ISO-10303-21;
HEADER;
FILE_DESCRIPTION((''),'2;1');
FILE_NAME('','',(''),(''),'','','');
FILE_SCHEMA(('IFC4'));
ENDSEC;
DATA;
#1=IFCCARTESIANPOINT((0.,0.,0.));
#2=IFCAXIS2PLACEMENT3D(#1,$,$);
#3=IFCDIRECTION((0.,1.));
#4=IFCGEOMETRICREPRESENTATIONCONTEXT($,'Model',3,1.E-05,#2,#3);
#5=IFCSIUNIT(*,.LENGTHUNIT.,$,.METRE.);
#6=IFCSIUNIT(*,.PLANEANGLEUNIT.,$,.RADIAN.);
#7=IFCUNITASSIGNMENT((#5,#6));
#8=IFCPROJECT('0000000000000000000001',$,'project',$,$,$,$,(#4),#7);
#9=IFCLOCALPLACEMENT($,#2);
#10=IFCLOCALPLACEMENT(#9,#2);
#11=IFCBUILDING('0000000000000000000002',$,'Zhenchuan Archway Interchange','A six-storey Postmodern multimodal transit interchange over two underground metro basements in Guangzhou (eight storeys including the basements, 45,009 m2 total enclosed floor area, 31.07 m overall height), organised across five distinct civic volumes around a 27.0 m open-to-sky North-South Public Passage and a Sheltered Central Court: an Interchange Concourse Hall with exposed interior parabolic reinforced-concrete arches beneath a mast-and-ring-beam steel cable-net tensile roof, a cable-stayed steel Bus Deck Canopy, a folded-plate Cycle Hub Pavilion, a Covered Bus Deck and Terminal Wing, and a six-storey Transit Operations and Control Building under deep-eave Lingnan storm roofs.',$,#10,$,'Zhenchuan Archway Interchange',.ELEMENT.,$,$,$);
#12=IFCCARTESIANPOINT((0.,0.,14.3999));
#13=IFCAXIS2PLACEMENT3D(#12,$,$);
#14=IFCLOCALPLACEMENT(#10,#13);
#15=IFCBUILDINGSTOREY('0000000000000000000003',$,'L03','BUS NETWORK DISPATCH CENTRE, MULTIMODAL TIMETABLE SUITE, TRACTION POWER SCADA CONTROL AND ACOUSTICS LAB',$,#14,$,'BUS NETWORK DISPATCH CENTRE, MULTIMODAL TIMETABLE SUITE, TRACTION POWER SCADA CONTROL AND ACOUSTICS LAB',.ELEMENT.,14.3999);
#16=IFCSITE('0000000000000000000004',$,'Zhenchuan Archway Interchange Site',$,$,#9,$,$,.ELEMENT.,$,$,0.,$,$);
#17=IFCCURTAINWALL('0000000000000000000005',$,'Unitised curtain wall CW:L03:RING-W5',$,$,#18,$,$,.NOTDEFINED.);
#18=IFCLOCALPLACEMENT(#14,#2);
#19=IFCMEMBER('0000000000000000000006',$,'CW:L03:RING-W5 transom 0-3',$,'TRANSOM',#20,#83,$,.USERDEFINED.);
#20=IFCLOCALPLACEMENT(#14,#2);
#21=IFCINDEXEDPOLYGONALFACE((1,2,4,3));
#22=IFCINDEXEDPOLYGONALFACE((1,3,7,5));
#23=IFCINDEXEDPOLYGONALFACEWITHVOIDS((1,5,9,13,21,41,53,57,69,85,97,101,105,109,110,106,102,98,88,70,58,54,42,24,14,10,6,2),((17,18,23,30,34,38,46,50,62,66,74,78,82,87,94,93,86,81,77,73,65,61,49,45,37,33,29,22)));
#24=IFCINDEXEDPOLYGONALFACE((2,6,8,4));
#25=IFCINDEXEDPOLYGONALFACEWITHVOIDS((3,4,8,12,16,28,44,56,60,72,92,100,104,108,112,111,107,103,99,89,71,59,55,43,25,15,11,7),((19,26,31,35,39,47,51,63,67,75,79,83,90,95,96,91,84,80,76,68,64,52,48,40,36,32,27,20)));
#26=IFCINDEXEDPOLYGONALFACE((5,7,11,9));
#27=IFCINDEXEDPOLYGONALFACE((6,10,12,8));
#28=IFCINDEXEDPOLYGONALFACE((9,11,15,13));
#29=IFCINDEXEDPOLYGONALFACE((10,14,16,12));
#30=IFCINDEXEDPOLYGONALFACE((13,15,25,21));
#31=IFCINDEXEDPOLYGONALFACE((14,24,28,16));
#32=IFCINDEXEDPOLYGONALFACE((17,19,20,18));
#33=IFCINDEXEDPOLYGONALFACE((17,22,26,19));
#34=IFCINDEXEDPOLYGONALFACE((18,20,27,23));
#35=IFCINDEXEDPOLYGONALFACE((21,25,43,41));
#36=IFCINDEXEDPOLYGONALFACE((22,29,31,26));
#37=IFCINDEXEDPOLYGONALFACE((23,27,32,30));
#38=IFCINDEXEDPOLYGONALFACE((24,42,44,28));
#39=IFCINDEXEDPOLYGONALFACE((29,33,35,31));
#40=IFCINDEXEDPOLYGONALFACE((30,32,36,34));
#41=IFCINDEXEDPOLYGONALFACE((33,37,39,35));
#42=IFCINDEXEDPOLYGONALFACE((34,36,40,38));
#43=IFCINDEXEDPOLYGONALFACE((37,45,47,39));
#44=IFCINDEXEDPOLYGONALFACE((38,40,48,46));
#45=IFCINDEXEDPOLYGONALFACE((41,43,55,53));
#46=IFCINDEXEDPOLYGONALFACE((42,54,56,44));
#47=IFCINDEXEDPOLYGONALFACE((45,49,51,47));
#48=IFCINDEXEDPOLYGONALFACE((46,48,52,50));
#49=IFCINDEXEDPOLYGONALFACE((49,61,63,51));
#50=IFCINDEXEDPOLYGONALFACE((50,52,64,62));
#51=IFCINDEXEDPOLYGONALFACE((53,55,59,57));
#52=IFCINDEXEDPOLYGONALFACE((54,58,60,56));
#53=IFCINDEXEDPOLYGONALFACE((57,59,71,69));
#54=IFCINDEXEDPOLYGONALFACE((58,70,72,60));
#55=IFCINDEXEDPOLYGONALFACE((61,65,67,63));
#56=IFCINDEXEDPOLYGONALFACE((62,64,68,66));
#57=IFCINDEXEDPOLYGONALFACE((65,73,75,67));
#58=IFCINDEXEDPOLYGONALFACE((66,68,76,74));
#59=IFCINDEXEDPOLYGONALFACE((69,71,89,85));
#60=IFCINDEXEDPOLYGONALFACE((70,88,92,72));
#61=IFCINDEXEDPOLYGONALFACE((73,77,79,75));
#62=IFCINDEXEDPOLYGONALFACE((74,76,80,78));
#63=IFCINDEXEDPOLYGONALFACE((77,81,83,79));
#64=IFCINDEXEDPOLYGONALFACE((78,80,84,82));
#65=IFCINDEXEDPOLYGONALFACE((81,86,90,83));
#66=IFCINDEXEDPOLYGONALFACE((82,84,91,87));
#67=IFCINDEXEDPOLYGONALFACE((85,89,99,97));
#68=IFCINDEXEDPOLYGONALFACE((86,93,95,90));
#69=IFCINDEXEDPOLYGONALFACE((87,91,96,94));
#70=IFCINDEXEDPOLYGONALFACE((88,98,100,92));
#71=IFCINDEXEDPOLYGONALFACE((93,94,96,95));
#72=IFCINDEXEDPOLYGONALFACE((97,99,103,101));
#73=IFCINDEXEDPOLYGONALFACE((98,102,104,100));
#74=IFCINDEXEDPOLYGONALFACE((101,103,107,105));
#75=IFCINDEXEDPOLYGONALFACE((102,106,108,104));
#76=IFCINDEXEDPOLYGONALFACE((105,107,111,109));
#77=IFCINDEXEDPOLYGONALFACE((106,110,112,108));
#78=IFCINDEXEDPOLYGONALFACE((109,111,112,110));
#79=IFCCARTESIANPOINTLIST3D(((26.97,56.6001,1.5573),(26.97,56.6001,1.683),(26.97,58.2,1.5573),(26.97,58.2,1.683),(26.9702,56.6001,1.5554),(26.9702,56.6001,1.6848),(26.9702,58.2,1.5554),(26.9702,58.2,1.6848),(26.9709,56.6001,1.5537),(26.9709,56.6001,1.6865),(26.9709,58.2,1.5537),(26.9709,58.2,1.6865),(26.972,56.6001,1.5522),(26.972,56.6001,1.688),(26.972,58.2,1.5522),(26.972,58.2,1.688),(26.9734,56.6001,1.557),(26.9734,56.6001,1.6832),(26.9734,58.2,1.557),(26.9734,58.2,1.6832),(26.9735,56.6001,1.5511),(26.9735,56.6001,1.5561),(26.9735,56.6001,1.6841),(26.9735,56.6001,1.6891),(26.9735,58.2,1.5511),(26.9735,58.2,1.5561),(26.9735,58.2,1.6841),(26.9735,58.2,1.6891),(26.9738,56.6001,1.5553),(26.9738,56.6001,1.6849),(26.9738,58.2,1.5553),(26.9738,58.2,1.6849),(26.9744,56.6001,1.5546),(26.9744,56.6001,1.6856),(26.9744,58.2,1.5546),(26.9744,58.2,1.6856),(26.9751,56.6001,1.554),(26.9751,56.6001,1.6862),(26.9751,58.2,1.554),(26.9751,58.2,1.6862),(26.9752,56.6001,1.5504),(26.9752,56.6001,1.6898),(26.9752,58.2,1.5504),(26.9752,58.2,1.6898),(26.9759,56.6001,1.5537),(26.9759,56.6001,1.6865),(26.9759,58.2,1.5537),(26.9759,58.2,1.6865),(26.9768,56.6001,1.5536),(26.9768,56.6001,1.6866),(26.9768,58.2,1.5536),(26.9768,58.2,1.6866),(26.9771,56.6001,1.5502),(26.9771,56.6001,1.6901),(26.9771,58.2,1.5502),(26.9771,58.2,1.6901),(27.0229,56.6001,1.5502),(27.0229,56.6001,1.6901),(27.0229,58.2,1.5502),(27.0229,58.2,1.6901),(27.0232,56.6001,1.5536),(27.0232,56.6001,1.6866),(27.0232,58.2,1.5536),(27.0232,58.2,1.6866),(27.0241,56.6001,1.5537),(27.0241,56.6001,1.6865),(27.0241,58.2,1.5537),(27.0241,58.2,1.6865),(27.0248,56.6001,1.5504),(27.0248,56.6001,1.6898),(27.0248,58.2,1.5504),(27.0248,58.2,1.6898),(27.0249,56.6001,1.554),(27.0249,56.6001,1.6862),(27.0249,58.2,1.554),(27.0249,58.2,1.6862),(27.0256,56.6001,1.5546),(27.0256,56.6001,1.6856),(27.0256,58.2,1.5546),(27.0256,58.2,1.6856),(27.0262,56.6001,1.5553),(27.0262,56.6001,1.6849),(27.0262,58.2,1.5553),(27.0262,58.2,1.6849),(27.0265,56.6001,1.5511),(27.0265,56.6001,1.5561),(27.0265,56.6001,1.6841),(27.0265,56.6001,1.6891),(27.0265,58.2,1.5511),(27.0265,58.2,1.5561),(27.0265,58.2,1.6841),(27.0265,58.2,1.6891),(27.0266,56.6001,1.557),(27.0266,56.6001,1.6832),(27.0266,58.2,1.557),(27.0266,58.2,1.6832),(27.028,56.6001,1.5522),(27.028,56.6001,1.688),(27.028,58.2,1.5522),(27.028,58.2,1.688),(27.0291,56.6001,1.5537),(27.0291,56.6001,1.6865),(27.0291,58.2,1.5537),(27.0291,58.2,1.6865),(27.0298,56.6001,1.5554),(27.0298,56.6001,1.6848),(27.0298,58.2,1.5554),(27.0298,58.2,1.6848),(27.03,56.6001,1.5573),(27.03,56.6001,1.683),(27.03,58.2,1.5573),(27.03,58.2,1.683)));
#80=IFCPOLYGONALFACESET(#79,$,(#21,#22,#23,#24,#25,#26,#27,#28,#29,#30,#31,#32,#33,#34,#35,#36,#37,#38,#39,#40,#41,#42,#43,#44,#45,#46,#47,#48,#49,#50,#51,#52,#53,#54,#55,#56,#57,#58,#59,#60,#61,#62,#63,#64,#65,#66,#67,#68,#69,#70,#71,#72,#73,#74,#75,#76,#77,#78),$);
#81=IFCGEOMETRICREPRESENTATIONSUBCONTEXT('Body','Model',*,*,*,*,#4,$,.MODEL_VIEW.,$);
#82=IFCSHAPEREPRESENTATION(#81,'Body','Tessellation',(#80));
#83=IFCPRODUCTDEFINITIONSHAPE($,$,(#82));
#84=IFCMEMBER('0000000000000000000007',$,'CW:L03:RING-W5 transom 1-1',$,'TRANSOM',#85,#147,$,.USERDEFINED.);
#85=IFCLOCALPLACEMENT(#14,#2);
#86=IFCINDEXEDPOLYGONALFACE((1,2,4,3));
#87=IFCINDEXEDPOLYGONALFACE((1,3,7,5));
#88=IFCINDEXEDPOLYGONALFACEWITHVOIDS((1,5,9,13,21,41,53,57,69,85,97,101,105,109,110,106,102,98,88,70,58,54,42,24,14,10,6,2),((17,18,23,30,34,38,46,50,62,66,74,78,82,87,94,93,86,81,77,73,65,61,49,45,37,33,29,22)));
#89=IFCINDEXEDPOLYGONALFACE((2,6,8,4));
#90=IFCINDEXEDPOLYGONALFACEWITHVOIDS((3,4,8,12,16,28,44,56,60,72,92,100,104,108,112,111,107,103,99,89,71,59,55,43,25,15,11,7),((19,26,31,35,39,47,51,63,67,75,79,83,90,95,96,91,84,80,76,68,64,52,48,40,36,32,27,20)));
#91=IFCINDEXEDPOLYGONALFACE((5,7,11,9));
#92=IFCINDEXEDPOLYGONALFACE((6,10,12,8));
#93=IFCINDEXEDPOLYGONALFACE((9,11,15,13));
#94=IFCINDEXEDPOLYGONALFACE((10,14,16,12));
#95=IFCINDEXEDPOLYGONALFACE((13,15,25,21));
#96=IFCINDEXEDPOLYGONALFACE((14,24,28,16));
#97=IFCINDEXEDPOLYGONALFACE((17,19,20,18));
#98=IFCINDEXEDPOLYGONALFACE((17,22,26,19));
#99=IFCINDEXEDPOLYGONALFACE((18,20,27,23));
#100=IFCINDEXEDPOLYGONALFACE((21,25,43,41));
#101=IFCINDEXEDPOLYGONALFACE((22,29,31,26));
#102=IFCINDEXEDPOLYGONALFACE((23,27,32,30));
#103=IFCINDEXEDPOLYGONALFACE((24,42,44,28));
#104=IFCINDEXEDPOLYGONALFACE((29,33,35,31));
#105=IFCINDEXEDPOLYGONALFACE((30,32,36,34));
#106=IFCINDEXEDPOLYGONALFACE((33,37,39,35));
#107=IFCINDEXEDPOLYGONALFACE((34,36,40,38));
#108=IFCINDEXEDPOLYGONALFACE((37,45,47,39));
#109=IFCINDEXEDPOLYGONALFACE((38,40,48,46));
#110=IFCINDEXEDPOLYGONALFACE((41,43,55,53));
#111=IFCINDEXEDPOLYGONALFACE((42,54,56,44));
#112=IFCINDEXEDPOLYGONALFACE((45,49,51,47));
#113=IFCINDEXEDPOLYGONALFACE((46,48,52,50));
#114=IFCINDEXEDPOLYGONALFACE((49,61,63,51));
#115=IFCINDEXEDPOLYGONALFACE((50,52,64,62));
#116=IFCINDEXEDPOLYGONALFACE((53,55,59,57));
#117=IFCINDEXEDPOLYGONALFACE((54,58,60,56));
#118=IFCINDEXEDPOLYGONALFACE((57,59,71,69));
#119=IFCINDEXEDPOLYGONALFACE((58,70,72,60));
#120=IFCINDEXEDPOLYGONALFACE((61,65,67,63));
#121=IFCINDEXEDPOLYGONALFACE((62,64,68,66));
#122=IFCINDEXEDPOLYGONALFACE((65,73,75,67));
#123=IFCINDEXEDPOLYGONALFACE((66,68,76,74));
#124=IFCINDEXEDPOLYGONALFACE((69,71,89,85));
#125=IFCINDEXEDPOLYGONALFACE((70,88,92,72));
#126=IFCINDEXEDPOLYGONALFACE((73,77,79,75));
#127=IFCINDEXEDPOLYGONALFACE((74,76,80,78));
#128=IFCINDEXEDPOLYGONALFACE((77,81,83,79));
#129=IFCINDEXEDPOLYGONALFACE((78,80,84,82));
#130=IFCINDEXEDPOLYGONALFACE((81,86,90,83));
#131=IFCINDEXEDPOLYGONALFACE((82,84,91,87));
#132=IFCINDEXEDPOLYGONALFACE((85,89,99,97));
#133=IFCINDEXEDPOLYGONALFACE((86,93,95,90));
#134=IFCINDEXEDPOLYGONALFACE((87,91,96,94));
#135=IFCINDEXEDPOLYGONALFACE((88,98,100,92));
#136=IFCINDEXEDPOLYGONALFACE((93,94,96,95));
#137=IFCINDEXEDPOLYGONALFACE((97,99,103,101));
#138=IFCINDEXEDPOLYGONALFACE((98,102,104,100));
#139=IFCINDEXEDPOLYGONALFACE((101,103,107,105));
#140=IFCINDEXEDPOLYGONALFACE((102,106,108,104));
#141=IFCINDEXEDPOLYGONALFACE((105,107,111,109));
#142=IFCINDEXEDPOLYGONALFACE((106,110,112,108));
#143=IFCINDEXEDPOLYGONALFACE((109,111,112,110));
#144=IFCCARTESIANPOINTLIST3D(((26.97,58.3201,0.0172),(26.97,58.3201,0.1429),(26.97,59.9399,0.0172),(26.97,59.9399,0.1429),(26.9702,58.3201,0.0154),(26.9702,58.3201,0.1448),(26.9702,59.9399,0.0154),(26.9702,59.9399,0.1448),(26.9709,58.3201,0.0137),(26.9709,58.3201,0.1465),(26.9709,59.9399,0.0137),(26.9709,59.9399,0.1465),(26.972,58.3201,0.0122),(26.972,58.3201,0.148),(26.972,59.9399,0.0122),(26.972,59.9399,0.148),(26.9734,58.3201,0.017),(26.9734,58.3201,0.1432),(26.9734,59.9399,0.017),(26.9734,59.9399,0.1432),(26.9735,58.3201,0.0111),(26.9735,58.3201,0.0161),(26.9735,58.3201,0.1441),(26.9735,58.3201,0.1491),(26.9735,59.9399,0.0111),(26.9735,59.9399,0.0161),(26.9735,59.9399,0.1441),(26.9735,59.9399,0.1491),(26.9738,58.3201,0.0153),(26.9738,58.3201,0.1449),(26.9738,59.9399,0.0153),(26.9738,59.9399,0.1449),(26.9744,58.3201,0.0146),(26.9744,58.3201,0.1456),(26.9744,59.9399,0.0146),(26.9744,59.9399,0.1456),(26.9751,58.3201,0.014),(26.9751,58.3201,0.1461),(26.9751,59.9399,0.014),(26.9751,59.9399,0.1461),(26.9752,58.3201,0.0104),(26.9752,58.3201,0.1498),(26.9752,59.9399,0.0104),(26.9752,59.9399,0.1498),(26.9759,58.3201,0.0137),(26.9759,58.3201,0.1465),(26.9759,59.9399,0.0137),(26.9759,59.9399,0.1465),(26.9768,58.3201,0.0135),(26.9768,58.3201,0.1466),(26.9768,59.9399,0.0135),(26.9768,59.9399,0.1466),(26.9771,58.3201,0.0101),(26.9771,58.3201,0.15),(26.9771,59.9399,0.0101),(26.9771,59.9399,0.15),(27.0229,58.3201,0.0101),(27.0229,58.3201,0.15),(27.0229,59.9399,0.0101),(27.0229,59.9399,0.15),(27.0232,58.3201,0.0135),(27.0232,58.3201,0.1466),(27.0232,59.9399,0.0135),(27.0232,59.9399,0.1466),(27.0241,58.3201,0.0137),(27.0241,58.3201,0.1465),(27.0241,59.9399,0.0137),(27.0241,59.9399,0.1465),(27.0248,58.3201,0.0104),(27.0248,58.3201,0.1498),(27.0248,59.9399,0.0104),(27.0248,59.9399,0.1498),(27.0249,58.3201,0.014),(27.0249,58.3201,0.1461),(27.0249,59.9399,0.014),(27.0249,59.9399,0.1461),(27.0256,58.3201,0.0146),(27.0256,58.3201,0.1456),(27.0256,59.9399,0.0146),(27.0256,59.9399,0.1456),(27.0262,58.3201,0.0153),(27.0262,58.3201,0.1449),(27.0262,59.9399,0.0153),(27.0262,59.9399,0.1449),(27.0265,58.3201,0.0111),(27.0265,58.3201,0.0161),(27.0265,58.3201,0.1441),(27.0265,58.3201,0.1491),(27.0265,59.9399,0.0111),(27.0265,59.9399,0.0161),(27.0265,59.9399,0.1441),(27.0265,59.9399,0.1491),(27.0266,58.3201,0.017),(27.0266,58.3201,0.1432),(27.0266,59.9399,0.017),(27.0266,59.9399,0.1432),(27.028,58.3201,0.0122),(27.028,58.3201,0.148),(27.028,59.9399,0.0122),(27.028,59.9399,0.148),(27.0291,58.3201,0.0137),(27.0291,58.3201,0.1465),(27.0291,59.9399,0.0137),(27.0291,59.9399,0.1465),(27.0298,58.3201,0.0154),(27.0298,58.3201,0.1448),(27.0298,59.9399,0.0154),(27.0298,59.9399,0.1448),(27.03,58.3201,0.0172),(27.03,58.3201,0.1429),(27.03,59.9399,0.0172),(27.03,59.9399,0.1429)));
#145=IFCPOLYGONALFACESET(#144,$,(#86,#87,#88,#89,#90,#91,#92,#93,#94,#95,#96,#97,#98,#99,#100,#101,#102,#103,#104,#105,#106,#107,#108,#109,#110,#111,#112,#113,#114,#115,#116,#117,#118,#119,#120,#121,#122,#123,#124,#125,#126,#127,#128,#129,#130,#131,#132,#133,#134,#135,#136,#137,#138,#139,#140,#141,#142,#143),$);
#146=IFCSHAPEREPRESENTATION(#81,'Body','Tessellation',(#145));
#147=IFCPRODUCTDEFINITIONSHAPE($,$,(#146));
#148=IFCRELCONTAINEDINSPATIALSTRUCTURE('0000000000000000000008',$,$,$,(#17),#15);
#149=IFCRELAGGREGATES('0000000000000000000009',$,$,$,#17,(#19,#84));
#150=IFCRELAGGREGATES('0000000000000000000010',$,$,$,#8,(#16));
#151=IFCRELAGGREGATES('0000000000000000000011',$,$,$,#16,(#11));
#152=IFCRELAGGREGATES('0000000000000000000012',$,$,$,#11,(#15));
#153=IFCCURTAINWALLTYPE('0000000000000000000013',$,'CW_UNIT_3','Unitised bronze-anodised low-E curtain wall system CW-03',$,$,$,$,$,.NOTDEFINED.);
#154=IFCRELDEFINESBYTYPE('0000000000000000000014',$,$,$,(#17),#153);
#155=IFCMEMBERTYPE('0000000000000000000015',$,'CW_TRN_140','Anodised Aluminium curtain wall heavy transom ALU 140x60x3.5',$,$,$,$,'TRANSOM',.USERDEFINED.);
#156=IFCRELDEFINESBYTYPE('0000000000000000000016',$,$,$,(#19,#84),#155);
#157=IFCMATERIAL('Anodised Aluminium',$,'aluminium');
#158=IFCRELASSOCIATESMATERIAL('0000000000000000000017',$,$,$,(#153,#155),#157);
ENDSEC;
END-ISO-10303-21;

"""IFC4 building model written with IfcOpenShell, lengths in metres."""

from ifc_helpers import new_model, si_unit, direction, frame, origin, origin_2d, place, context, subcontext, project, spatial, hollow_rectangle, extrude, material, material_profile, profile_set, type_object, element, aggregate, save


model = new_model("IFC4")

# Units and contexts
model_context = context("Model", 3, precision=1e-05, world=origin(), true_north=direction((0.0, 1.0)))
body_context = subcontext(model_context, "Body", "Model", "MODEL_VIEW")
ifc_project = project(units=[si_unit("LENGTHUNIT", "METRE"), si_unit("PLANEANGLEUNIT", "RADIAN")], contexts=[model_context])

# Site, building, storey
site_placement = place(None, origin())
site = spatial("IfcSite", under=ifc_project, at=site_placement, Name="Zhenchuan Archway Interchange Site", CompositionType="ELEMENT", RefElevation=0.0)
building_placement = place(site_placement, origin())
building = spatial("IfcBuilding", under=site, at=building_placement, Name="Zhenchuan Archway Interchange", Description="A six-storey Postmodern multimodal transit interchange over two underground metro basements in Guangzhou (eight storeys including the basements, 45,009 m2 total enclosed floor area, 31.07 m overall height), organised across five distinct civic volumes around a 27.0 m open-to-sky North-South Public Passage and a Sheltered Central Court: an Interchange Concourse Hall with exposed interior parabolic reinforced-concrete arches beneath a mast-and-ring-beam steel cable-net tensile roof, a cable-stayed steel Bus Deck Canopy, a folded-plate Cycle Hub Pavilion, a Covered Bus Deck and Terminal Wing, and a six-storey Transit Operations and Control Building under deep-eave Lingnan storm roofs.", LongName="Zhenchuan Archway Interchange", CompositionType="ELEMENT")
storey_placement = place(building_placement, frame((0.0, 0.0, 14.3999)))
storey = spatial("IfcBuildingStorey", under=building, at=storey_placement, Name="L03", Description="BUS NETWORK DISPATCH CENTRE, MULTIMODAL TIMETABLE SUITE, TRACTION POWER SCADA CONTROL AND ACOUSTICS LAB", LongName="BUS NETWORK DISPATCH CENTRE, MULTIMODAL TIMETABLE SUITE, TRACTION POWER SCADA CONTROL AND ACOUSTICS LAB", CompositionType="ELEMENT", Elevation=14.3999)

# Curtain wall
ifc_material_1 = material(Name="Anodised Aluminium", Category="aluminium")
curtain_wall_type = type_object("IfcCurtainWallType", Name="CW_UNIT_3", Description="Unitised bronze-anodised low-E curtain wall system CW-03", PredefinedType="NOTDEFINED", material=ifc_material_1)
curtain_wall_1_placement = place(storey_placement, origin())
curtain_wall_1 = element("IfcCurtainWall", 1, at=curtain_wall_1_placement, inside=storey, type_object=curtain_wall_type, Name="Unitised curtain wall CW:L03:RING-W5", PredefinedType="NOTDEFINED")

# Members
ifc_material_profile_1 = material_profile(ifc_material_1, hollow_rectangle(XDim=0.0601, YDim=0.1399, WallThickness=0.0034, InnerFilletRadius=0.0034, OuterFilletRadius=0.0071, at=origin_2d()), Name="ALU 140x60x3.5")
ifc_profile_set_1 = profile_set([ifc_material_profile_1], Name="Anodised Aluminium")
member_type_1 = type_object("IfcMemberType", Name="CW_TRN_140", Description="Anodised Aluminium curtain wall heavy transom ALU 140x60x3.5", ElementType="TRANSOM", PredefinedType="USERDEFINED", material=ifc_profile_set_1)
member_1_placement = place(storey_placement, frame((27.0, 56.6001, 1.6201), z_axis=(0.0, 1.0, 0.0), x_axis=(-1.0, 0.0, 0.0)))
member_1 = element("IfcMember", 2, at=member_1_placement, type_object=member_type_1, Name="CW:L03:RING-W5 transom 0-3", ObjectType="TRANSOM", PredefinedType="USERDEFINED", context=body_context, shape_type="SweptSolid", body=[
    extrude(hollow_rectangle(XDim=0.0601, YDim=0.1399, WallThickness=0.0034, InnerFilletRadius=0.0034, OuterFilletRadius=0.0071, at=origin_2d()), origin(), (0.0, 0.0, 1.0), 1.5999),
])
member_2_placement = place(storey_placement, frame((27.0, 58.3201, 0.0801), z_axis=(0.0, 1.0, 0.0), x_axis=(-1.0, 0.0, 0.0)))
member_2 = element("IfcMember", 3, at=member_2_placement, type_object=member_type_1, Name="CW:L03:RING-W5 transom 1-1", ObjectType="TRANSOM", PredefinedType="USERDEFINED", context=body_context, shape_type="SweptSolid", body=[
    extrude(hollow_rectangle(XDim=0.0601, YDim=0.1399, WallThickness=0.0034, InnerFilletRadius=0.0034, OuterFilletRadius=0.0071, at=origin_2d()), origin(), (0.0, 0.0, 1.0), 1.6199),
])

aggregate(curtain_wall_1, [member_1, member_2])

save(model, "model.ifc")
